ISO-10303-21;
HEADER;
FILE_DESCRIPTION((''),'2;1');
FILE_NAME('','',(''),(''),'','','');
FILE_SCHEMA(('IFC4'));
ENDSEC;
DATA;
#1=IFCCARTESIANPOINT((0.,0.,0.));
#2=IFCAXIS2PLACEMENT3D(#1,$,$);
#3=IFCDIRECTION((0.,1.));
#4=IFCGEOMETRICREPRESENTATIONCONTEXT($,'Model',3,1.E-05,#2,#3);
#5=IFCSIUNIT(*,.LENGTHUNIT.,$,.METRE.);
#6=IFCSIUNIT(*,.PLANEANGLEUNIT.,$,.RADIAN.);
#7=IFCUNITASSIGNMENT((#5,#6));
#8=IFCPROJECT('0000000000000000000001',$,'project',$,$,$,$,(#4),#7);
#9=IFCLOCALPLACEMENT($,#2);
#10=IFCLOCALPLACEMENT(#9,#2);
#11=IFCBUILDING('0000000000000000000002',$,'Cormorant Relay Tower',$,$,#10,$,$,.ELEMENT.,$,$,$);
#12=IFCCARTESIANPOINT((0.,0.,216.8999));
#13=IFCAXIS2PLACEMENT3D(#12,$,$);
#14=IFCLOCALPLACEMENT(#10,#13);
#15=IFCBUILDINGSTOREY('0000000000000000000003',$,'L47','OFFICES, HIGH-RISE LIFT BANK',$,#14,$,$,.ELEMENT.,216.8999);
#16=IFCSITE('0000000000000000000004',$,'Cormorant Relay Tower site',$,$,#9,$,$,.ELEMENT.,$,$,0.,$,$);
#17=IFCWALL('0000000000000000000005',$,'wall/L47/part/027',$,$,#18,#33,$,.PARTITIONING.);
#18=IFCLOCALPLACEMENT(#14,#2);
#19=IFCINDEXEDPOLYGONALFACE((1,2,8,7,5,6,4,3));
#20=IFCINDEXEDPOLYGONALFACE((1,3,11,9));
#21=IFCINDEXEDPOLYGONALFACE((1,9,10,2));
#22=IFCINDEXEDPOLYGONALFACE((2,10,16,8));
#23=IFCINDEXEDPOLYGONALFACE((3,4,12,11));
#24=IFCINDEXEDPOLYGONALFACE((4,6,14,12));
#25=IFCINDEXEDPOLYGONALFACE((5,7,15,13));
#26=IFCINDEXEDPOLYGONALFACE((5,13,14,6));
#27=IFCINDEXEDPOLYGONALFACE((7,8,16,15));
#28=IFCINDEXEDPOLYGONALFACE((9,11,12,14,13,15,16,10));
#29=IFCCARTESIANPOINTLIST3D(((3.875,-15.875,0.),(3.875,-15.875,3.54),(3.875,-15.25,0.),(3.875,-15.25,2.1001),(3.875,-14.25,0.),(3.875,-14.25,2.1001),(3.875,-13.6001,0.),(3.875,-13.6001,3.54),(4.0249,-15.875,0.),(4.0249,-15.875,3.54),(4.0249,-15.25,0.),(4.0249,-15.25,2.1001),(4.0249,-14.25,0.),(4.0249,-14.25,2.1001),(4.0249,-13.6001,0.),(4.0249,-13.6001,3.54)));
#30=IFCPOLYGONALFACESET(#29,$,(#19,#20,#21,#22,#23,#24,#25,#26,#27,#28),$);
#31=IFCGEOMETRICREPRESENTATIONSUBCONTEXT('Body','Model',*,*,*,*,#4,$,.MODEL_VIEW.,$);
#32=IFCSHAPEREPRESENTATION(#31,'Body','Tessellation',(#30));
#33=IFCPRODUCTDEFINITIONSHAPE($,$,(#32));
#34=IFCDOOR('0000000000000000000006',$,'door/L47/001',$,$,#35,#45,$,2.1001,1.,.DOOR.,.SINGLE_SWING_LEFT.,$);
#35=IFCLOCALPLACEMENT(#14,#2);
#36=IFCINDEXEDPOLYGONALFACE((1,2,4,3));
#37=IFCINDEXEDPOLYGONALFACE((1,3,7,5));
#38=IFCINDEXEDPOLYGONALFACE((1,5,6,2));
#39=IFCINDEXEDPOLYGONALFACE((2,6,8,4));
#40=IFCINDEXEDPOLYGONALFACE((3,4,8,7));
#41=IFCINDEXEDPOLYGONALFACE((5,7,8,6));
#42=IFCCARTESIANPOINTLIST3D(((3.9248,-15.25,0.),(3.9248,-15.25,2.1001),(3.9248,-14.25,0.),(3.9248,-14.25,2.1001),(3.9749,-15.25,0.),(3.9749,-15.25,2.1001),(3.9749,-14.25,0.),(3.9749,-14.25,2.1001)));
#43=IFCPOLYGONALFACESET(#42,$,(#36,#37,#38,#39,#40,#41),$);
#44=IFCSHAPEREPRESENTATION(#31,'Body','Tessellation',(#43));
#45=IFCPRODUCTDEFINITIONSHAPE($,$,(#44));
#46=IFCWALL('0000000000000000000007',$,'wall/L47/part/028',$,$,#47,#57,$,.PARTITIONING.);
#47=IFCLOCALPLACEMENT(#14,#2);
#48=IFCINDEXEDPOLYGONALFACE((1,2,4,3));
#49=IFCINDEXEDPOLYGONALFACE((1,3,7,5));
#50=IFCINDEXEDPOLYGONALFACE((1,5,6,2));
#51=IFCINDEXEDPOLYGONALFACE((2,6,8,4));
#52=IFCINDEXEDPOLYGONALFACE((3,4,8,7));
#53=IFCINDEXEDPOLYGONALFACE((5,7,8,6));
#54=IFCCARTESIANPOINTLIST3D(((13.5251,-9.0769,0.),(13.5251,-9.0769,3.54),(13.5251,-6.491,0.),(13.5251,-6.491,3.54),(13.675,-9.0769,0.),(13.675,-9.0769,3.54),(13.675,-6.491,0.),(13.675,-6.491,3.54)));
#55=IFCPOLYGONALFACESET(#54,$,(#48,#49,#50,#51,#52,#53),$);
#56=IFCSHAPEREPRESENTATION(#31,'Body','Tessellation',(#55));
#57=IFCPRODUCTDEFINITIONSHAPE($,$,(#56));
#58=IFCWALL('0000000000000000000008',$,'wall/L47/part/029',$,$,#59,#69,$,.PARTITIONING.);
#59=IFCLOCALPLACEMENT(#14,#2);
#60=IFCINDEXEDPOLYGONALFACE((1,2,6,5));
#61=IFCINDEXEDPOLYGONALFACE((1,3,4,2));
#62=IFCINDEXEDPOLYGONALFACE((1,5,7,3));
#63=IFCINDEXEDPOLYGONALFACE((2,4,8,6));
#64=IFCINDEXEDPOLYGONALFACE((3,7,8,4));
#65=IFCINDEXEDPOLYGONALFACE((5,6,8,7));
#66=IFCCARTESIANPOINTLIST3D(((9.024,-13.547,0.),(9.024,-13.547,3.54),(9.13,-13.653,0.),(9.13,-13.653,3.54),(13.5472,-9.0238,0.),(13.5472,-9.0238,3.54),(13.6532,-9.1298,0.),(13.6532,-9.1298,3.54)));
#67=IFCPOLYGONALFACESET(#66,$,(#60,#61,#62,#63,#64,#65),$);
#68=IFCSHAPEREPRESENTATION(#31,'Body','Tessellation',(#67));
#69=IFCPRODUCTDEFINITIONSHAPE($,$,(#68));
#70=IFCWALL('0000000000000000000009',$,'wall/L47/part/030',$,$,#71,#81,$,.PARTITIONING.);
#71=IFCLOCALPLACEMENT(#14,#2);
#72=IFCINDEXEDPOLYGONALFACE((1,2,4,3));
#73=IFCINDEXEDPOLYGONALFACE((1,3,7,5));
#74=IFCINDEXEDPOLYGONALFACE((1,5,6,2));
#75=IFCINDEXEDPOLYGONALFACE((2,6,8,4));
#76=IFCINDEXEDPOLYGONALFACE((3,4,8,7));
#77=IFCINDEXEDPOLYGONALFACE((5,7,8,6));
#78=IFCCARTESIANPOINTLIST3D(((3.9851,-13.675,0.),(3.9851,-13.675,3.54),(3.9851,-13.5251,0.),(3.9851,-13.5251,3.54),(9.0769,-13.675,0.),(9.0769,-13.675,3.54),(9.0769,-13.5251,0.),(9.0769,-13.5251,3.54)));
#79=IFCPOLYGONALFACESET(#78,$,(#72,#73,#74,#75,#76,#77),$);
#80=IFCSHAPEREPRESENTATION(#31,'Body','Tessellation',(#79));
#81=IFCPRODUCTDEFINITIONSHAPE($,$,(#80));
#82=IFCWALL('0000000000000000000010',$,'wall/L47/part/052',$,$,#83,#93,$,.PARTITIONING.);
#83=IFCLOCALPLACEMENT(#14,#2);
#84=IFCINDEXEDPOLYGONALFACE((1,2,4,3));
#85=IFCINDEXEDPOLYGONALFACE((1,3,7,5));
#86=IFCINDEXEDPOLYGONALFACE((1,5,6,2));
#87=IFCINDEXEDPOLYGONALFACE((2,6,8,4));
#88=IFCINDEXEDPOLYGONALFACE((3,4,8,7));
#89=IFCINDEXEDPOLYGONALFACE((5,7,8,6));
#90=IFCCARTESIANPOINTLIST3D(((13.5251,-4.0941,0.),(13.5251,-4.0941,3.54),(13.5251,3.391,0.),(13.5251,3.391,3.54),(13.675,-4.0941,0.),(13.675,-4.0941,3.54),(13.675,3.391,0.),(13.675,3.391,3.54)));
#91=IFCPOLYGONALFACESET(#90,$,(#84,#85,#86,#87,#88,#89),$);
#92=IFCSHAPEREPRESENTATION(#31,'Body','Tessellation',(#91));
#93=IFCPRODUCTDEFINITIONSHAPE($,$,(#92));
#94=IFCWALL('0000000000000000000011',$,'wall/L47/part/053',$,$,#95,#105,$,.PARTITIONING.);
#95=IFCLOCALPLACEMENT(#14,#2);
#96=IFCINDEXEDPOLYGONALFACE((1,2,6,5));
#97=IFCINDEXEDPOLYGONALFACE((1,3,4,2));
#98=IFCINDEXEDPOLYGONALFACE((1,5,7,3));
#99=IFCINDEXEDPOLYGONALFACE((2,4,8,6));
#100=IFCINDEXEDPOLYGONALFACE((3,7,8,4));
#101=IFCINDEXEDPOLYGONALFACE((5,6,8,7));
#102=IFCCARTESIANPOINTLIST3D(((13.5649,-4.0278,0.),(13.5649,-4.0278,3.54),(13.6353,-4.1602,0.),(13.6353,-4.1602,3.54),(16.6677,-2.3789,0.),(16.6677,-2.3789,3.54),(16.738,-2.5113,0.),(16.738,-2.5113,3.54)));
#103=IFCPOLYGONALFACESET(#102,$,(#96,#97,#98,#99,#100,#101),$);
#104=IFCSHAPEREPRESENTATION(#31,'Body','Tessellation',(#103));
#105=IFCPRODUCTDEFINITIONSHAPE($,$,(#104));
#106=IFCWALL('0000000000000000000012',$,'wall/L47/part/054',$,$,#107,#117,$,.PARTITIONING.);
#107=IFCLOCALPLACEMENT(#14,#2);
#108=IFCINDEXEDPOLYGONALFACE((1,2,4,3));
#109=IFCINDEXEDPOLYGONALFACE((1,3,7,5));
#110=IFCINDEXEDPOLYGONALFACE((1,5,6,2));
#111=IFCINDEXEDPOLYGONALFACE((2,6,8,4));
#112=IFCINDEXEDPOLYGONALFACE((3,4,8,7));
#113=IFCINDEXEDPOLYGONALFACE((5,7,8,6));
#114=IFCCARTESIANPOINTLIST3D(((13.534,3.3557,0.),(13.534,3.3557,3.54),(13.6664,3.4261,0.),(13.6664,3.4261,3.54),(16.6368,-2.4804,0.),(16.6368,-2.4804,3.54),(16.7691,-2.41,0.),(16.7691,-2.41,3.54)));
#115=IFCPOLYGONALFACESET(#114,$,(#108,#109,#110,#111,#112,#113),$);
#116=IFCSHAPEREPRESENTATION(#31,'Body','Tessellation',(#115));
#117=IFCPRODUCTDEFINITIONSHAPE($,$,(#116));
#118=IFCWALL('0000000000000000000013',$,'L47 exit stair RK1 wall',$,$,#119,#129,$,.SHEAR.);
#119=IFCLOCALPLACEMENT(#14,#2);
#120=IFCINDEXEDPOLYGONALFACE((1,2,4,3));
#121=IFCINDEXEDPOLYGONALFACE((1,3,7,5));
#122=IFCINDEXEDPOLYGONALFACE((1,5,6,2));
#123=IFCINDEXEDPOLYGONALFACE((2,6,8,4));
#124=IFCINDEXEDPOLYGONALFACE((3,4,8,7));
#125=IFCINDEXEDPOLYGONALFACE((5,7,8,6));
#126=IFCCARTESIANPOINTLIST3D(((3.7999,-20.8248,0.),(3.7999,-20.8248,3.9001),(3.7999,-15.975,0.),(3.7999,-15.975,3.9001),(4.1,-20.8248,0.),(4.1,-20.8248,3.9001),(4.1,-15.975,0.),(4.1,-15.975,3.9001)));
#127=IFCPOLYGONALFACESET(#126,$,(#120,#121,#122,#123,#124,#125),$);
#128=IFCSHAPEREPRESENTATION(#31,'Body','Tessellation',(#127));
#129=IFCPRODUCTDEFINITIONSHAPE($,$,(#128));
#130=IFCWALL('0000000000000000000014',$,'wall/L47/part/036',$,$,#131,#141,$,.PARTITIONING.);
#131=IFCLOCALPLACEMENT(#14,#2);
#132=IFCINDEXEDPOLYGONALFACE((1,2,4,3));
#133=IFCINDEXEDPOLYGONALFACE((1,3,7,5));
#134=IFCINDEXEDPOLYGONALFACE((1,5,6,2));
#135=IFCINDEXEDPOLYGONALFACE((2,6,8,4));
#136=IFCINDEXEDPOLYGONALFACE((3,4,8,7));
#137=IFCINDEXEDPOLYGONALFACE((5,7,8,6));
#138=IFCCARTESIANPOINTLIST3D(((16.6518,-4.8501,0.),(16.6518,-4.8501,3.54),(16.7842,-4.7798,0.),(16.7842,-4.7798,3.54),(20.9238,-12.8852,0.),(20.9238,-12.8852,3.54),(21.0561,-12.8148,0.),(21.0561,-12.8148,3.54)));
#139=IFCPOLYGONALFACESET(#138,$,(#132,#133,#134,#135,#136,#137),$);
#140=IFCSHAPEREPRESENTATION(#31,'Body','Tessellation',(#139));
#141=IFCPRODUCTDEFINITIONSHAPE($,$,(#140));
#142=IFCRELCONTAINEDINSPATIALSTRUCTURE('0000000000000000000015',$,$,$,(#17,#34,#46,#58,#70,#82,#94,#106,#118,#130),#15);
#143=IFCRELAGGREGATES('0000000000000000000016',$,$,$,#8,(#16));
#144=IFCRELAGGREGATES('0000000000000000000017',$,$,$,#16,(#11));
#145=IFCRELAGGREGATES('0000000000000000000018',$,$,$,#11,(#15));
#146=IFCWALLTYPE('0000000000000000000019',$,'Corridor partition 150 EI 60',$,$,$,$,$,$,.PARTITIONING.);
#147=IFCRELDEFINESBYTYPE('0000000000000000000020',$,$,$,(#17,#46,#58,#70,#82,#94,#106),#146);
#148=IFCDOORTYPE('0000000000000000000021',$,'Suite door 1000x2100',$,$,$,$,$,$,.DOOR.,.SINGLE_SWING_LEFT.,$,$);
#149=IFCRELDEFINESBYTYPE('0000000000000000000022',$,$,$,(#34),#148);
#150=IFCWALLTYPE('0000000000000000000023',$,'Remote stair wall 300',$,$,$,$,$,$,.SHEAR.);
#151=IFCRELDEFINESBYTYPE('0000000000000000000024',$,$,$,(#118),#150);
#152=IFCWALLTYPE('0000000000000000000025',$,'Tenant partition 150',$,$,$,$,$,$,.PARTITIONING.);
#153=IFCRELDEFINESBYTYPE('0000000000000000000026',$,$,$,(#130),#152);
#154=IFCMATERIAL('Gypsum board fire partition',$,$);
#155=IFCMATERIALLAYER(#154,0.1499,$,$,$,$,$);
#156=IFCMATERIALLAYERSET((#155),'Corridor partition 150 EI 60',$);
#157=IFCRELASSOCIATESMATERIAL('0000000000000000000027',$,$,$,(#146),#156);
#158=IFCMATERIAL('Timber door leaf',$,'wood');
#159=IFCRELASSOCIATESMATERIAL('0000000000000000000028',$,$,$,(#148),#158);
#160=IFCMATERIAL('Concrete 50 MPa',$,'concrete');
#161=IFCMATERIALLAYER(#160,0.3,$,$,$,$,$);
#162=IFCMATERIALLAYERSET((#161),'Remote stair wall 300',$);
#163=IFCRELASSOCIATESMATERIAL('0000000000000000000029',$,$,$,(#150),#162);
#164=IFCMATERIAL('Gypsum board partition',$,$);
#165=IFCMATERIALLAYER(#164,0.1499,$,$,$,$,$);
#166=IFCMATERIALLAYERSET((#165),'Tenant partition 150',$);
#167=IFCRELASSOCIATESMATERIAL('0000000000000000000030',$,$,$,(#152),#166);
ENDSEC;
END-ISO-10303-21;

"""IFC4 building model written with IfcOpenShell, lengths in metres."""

from ifc_helpers import new_model, si_unit, direction, frame, frame_2d, origin, place, context, subcontext, project, spatial, rectangle, extrude, material, layer, layer_set, type_object, element, fill, save


model = new_model("IFC4")

# Units and contexts
model_context = context("Model", 3, precision=1e-05, world=origin(), true_north=direction((0.0, 1.0)))
body_context = subcontext(model_context, "Body", "Model", "MODEL_VIEW")
ifc_project = project(units=[si_unit("LENGTHUNIT", "METRE"), si_unit("PLANEANGLEUNIT", "RADIAN")], contexts=[model_context])

# Site, building, storey
site_placement = place(None, origin())
site = spatial("IfcSite", under=ifc_project, at=site_placement, Name="Cormorant Relay Tower site", CompositionType="ELEMENT", RefElevation=0.0)
building_placement = place(site_placement, origin())
building = spatial("IfcBuilding", under=site, at=building_placement, Name="Cormorant Relay Tower", CompositionType="ELEMENT")
storey_placement = place(building_placement, frame((0.0, 0.0, 216.8999)))
storey = spatial("IfcBuildingStorey", under=building, at=storey_placement, Name="L47", Description="OFFICES, HIGH-RISE LIFT BANK", CompositionType="ELEMENT", Elevation=216.8999)

# Wall, opening, door
ifc_material_1 = material(Name="Gypsum board fire partition")
ifc_layer_1 = layer(ifc_material_1, 0.1499)
ifc_layer_set_1 = layer_set([ifc_layer_1], Name="Corridor partition 150 EI 60")
wall_type_1 = type_object("IfcWallType", Name="Corridor partition 150 EI 60", PredefinedType="PARTITIONING", material=ifc_layer_set_1)
wall_1_placement = place(storey_placement, frame((3.95, -13.6001, 0.0), z_axis=(0.0, 0.0, 1.0), x_axis=(0.0, -1.0, 0.0)))
wall_1 = element("IfcWall", 1, at=wall_1_placement, inside=storey, type_object=wall_type_1, Name="wall/L47/part/027", PredefinedType="PARTITIONING", context=body_context, shape_type="SweptSolid", body=[
    extrude(rectangle(XDim=2.2749, YDim=0.1499, at=frame_2d((1.1375, 0.0))), origin(), (0.0, 0.0, 1.0), 3.54),
])
opening_placement = place(wall_1_placement, frame((0.6499, 0.0, 0.0)))
opening = element("IfcOpeningElement", 2, at=opening_placement, cuts=wall_1, PredefinedType="OPENING", context=body_context, shape_type="SweptSolid", body=[
    extrude(rectangle(XDim=1.0, YDim=2.1001, at=frame_2d((0.5, 1.05))), frame((0.0, 0.085, 0.0), z_axis=(0.0, -1.0, 0.0), x_axis=(1.0, 0.0, 0.0)), (0.0, 0.0, 1.0), 0.1699),
])
ifc_material_2 = material(Name="Timber door leaf", Category="wood")
door_type = type_object("IfcDoorType", Name="Suite door 1000x2100", OperationType="SINGLE_SWING_LEFT", PredefinedType="DOOR", material=ifc_material_2)
door_placement = place(opening_placement, origin())
door = element("IfcDoor", 3, at=door_placement, inside=storey, type_object=door_type, Name="door/L47/001", OperationType="SINGLE_SWING_LEFT", OverallHeight=2.1001, OverallWidth=1.0, PredefinedType="DOOR", context=body_context, shape_type="SweptSolid", body=[
    extrude(rectangle(XDim=1.0, YDim=2.1001, at=frame_2d((0.5, 1.05))), frame((0.0, 0.0249, 0.0), z_axis=(0.0, -1.0, 0.0), x_axis=(1.0, 0.0, 0.0)), (0.0, 0.0, 1.0), 0.05),
])
fill(opening, door)

# Walls
wall_2_placement = place(storey_placement, frame((13.6001, -6.491, 0.0), z_axis=(0.0, 0.0, 1.0), x_axis=(0.0, -1.0, 0.0)))
element("IfcWall", 4, at=wall_2_placement, inside=storey, type_object=wall_type_1, Name="wall/L47/part/028", PredefinedType="PARTITIONING", context=body_context, shape_type="SweptSolid", body=[
    extrude(rectangle(XDim=2.5859, YDim=0.1499, at=frame_2d((1.293, 0.0))), origin(), (0.0, 0.0, 1.0), 3.54),
])
wall_3_placement = place(storey_placement, frame((13.6001, -9.0769, 0.0), z_axis=(0.0, 0.0, 1.0), x_axis=(-0.707107, -0.707107, 0.0)))
element("IfcWall", 5, at=wall_3_placement, inside=storey, type_object=wall_type_1, Name="wall/L47/part/029", PredefinedType="PARTITIONING", context=body_context, shape_type="SweptSolid", body=[
    extrude(rectangle(XDim=6.3967, YDim=0.1499, at=frame_2d((3.1982, 0.0))), origin(), (0.0, 0.0, 1.0), 3.54),
])
wall_4_placement = place(storey_placement, frame((9.0769, -13.6001, 0.0), z_axis=(0.0, 0.0, 1.0), x_axis=(-1.0, 0.0, 0.0)))
element("IfcWall", 6, at=wall_4_placement, inside=storey, type_object=wall_type_1, Name="wall/L47/part/030", PredefinedType="PARTITIONING", context=body_context, shape_type="SweptSolid", body=[
    extrude(rectangle(XDim=5.0918, YDim=0.1499, at=frame_2d((2.5459, 0.0))), origin(), (0.0, 0.0, 1.0), 3.54),
])
wall_5_placement = place(storey_placement, frame((13.6001, 3.3911, 0.0), z_axis=(0.0, 0.0, 1.0), x_axis=(0.0, -1.0, 0.0)))
element("IfcWall", 7, at=wall_5_placement, inside=storey, type_object=wall_type_1, Name="wall/L47/part/052", PredefinedType="PARTITIONING", context=body_context, shape_type="SweptSolid", body=[
    extrude(rectangle(XDim=7.4851, YDim=0.1499, at=frame_2d((3.7427, 0.0))), origin(), (0.0, 0.0, 1.0), 3.54),
])
wall_6_placement = place(storey_placement, frame((13.6001, -4.094, 0.0), z_axis=(0.0, 0.0, 1.0), x_axis=(0.883048, 0.469282, 0.0)))
element("IfcWall", 8, at=wall_6_placement, inside=storey, type_object=wall_type_1, Name="wall/L47/part/053", PredefinedType="PARTITIONING", context=body_context, shape_type="SweptSolid", body=[
    extrude(rectangle(XDim=3.5137, YDim=0.1499, at=frame_2d((1.7568, 0.0))), origin(), (0.0, 0.0, 1.0), 3.54),
])
wall_7_placement = place(storey_placement, frame((16.7029, -2.4451, 0.0), z_axis=(0.0, 0.0, 1.0), x_axis=(-0.469428, 0.882971, 0.0)))
element("IfcWall", 9, at=wall_7_placement, inside=storey, type_object=wall_type_1, Name="wall/L47/part/054", PredefinedType="PARTITIONING", context=body_context, shape_type="SweptSolid", body=[
    extrude(rectangle(XDim=6.6096, YDim=0.1499, at=frame_2d((3.3047, 0.0))), origin(), (0.0, 0.0, 1.0), 3.54),
])
ifc_material_3 = material(Name="Concrete 50 MPa", Category="concrete")
ifc_layer_2 = layer(ifc_material_3, 0.3)
ifc_layer_set_2 = layer_set([ifc_layer_2], Name="Remote stair wall 300")
wall_type_2 = type_object("IfcWallType", Name="Remote stair wall 300", PredefinedType="SHEAR", material=ifc_layer_set_2)
wall_8_placement = place(storey_placement, frame((3.95, -15.9751, 0.0), z_axis=(0.0, 0.0, 1.0), x_axis=(0.0, -1.0, 0.0)))
element("IfcWall", 10, at=wall_8_placement, inside=storey, type_object=wall_type_2, Name="L47 exit stair RK1 wall", PredefinedType="SHEAR", context=body_context, shape_type="SweptSolid", body=[
    extrude(rectangle(XDim=4.8499, YDim=0.3, at=frame_2d((2.4248, 0.0))), origin(), (0.0, 0.0, 1.0), 3.9001),
])
ifc_material_4 = material(Name="Gypsum board partition")
ifc_layer_3 = layer(ifc_material_4, 0.1499)
ifc_layer_set_3 = layer_set([ifc_layer_3], Name="Tenant partition 150")
wall_type_3 = type_object("IfcWallType", Name="Tenant partition 150", PredefinedType="PARTITIONING", material=ifc_layer_set_3)
wall_9_placement = place(storey_placement, frame((16.718, -4.8149, 0.0), z_axis=(0.0, 0.0, 1.0), x_axis=(0.469438, -0.882966, 0.0)))
element("IfcWall", 11, at=wall_9_placement, inside=storey, type_object=wall_type_3, Name="wall/L47/part/036", PredefinedType="PARTITIONING", context=body_context, shape_type="SweptSolid", body=[
    extrude(rectangle(XDim=9.1001, YDim=0.1499, at=frame_2d((4.55, 0.0))), origin(), (0.0, 0.0, 1.0), 3.54),
])

save(model, "model.ifc")
